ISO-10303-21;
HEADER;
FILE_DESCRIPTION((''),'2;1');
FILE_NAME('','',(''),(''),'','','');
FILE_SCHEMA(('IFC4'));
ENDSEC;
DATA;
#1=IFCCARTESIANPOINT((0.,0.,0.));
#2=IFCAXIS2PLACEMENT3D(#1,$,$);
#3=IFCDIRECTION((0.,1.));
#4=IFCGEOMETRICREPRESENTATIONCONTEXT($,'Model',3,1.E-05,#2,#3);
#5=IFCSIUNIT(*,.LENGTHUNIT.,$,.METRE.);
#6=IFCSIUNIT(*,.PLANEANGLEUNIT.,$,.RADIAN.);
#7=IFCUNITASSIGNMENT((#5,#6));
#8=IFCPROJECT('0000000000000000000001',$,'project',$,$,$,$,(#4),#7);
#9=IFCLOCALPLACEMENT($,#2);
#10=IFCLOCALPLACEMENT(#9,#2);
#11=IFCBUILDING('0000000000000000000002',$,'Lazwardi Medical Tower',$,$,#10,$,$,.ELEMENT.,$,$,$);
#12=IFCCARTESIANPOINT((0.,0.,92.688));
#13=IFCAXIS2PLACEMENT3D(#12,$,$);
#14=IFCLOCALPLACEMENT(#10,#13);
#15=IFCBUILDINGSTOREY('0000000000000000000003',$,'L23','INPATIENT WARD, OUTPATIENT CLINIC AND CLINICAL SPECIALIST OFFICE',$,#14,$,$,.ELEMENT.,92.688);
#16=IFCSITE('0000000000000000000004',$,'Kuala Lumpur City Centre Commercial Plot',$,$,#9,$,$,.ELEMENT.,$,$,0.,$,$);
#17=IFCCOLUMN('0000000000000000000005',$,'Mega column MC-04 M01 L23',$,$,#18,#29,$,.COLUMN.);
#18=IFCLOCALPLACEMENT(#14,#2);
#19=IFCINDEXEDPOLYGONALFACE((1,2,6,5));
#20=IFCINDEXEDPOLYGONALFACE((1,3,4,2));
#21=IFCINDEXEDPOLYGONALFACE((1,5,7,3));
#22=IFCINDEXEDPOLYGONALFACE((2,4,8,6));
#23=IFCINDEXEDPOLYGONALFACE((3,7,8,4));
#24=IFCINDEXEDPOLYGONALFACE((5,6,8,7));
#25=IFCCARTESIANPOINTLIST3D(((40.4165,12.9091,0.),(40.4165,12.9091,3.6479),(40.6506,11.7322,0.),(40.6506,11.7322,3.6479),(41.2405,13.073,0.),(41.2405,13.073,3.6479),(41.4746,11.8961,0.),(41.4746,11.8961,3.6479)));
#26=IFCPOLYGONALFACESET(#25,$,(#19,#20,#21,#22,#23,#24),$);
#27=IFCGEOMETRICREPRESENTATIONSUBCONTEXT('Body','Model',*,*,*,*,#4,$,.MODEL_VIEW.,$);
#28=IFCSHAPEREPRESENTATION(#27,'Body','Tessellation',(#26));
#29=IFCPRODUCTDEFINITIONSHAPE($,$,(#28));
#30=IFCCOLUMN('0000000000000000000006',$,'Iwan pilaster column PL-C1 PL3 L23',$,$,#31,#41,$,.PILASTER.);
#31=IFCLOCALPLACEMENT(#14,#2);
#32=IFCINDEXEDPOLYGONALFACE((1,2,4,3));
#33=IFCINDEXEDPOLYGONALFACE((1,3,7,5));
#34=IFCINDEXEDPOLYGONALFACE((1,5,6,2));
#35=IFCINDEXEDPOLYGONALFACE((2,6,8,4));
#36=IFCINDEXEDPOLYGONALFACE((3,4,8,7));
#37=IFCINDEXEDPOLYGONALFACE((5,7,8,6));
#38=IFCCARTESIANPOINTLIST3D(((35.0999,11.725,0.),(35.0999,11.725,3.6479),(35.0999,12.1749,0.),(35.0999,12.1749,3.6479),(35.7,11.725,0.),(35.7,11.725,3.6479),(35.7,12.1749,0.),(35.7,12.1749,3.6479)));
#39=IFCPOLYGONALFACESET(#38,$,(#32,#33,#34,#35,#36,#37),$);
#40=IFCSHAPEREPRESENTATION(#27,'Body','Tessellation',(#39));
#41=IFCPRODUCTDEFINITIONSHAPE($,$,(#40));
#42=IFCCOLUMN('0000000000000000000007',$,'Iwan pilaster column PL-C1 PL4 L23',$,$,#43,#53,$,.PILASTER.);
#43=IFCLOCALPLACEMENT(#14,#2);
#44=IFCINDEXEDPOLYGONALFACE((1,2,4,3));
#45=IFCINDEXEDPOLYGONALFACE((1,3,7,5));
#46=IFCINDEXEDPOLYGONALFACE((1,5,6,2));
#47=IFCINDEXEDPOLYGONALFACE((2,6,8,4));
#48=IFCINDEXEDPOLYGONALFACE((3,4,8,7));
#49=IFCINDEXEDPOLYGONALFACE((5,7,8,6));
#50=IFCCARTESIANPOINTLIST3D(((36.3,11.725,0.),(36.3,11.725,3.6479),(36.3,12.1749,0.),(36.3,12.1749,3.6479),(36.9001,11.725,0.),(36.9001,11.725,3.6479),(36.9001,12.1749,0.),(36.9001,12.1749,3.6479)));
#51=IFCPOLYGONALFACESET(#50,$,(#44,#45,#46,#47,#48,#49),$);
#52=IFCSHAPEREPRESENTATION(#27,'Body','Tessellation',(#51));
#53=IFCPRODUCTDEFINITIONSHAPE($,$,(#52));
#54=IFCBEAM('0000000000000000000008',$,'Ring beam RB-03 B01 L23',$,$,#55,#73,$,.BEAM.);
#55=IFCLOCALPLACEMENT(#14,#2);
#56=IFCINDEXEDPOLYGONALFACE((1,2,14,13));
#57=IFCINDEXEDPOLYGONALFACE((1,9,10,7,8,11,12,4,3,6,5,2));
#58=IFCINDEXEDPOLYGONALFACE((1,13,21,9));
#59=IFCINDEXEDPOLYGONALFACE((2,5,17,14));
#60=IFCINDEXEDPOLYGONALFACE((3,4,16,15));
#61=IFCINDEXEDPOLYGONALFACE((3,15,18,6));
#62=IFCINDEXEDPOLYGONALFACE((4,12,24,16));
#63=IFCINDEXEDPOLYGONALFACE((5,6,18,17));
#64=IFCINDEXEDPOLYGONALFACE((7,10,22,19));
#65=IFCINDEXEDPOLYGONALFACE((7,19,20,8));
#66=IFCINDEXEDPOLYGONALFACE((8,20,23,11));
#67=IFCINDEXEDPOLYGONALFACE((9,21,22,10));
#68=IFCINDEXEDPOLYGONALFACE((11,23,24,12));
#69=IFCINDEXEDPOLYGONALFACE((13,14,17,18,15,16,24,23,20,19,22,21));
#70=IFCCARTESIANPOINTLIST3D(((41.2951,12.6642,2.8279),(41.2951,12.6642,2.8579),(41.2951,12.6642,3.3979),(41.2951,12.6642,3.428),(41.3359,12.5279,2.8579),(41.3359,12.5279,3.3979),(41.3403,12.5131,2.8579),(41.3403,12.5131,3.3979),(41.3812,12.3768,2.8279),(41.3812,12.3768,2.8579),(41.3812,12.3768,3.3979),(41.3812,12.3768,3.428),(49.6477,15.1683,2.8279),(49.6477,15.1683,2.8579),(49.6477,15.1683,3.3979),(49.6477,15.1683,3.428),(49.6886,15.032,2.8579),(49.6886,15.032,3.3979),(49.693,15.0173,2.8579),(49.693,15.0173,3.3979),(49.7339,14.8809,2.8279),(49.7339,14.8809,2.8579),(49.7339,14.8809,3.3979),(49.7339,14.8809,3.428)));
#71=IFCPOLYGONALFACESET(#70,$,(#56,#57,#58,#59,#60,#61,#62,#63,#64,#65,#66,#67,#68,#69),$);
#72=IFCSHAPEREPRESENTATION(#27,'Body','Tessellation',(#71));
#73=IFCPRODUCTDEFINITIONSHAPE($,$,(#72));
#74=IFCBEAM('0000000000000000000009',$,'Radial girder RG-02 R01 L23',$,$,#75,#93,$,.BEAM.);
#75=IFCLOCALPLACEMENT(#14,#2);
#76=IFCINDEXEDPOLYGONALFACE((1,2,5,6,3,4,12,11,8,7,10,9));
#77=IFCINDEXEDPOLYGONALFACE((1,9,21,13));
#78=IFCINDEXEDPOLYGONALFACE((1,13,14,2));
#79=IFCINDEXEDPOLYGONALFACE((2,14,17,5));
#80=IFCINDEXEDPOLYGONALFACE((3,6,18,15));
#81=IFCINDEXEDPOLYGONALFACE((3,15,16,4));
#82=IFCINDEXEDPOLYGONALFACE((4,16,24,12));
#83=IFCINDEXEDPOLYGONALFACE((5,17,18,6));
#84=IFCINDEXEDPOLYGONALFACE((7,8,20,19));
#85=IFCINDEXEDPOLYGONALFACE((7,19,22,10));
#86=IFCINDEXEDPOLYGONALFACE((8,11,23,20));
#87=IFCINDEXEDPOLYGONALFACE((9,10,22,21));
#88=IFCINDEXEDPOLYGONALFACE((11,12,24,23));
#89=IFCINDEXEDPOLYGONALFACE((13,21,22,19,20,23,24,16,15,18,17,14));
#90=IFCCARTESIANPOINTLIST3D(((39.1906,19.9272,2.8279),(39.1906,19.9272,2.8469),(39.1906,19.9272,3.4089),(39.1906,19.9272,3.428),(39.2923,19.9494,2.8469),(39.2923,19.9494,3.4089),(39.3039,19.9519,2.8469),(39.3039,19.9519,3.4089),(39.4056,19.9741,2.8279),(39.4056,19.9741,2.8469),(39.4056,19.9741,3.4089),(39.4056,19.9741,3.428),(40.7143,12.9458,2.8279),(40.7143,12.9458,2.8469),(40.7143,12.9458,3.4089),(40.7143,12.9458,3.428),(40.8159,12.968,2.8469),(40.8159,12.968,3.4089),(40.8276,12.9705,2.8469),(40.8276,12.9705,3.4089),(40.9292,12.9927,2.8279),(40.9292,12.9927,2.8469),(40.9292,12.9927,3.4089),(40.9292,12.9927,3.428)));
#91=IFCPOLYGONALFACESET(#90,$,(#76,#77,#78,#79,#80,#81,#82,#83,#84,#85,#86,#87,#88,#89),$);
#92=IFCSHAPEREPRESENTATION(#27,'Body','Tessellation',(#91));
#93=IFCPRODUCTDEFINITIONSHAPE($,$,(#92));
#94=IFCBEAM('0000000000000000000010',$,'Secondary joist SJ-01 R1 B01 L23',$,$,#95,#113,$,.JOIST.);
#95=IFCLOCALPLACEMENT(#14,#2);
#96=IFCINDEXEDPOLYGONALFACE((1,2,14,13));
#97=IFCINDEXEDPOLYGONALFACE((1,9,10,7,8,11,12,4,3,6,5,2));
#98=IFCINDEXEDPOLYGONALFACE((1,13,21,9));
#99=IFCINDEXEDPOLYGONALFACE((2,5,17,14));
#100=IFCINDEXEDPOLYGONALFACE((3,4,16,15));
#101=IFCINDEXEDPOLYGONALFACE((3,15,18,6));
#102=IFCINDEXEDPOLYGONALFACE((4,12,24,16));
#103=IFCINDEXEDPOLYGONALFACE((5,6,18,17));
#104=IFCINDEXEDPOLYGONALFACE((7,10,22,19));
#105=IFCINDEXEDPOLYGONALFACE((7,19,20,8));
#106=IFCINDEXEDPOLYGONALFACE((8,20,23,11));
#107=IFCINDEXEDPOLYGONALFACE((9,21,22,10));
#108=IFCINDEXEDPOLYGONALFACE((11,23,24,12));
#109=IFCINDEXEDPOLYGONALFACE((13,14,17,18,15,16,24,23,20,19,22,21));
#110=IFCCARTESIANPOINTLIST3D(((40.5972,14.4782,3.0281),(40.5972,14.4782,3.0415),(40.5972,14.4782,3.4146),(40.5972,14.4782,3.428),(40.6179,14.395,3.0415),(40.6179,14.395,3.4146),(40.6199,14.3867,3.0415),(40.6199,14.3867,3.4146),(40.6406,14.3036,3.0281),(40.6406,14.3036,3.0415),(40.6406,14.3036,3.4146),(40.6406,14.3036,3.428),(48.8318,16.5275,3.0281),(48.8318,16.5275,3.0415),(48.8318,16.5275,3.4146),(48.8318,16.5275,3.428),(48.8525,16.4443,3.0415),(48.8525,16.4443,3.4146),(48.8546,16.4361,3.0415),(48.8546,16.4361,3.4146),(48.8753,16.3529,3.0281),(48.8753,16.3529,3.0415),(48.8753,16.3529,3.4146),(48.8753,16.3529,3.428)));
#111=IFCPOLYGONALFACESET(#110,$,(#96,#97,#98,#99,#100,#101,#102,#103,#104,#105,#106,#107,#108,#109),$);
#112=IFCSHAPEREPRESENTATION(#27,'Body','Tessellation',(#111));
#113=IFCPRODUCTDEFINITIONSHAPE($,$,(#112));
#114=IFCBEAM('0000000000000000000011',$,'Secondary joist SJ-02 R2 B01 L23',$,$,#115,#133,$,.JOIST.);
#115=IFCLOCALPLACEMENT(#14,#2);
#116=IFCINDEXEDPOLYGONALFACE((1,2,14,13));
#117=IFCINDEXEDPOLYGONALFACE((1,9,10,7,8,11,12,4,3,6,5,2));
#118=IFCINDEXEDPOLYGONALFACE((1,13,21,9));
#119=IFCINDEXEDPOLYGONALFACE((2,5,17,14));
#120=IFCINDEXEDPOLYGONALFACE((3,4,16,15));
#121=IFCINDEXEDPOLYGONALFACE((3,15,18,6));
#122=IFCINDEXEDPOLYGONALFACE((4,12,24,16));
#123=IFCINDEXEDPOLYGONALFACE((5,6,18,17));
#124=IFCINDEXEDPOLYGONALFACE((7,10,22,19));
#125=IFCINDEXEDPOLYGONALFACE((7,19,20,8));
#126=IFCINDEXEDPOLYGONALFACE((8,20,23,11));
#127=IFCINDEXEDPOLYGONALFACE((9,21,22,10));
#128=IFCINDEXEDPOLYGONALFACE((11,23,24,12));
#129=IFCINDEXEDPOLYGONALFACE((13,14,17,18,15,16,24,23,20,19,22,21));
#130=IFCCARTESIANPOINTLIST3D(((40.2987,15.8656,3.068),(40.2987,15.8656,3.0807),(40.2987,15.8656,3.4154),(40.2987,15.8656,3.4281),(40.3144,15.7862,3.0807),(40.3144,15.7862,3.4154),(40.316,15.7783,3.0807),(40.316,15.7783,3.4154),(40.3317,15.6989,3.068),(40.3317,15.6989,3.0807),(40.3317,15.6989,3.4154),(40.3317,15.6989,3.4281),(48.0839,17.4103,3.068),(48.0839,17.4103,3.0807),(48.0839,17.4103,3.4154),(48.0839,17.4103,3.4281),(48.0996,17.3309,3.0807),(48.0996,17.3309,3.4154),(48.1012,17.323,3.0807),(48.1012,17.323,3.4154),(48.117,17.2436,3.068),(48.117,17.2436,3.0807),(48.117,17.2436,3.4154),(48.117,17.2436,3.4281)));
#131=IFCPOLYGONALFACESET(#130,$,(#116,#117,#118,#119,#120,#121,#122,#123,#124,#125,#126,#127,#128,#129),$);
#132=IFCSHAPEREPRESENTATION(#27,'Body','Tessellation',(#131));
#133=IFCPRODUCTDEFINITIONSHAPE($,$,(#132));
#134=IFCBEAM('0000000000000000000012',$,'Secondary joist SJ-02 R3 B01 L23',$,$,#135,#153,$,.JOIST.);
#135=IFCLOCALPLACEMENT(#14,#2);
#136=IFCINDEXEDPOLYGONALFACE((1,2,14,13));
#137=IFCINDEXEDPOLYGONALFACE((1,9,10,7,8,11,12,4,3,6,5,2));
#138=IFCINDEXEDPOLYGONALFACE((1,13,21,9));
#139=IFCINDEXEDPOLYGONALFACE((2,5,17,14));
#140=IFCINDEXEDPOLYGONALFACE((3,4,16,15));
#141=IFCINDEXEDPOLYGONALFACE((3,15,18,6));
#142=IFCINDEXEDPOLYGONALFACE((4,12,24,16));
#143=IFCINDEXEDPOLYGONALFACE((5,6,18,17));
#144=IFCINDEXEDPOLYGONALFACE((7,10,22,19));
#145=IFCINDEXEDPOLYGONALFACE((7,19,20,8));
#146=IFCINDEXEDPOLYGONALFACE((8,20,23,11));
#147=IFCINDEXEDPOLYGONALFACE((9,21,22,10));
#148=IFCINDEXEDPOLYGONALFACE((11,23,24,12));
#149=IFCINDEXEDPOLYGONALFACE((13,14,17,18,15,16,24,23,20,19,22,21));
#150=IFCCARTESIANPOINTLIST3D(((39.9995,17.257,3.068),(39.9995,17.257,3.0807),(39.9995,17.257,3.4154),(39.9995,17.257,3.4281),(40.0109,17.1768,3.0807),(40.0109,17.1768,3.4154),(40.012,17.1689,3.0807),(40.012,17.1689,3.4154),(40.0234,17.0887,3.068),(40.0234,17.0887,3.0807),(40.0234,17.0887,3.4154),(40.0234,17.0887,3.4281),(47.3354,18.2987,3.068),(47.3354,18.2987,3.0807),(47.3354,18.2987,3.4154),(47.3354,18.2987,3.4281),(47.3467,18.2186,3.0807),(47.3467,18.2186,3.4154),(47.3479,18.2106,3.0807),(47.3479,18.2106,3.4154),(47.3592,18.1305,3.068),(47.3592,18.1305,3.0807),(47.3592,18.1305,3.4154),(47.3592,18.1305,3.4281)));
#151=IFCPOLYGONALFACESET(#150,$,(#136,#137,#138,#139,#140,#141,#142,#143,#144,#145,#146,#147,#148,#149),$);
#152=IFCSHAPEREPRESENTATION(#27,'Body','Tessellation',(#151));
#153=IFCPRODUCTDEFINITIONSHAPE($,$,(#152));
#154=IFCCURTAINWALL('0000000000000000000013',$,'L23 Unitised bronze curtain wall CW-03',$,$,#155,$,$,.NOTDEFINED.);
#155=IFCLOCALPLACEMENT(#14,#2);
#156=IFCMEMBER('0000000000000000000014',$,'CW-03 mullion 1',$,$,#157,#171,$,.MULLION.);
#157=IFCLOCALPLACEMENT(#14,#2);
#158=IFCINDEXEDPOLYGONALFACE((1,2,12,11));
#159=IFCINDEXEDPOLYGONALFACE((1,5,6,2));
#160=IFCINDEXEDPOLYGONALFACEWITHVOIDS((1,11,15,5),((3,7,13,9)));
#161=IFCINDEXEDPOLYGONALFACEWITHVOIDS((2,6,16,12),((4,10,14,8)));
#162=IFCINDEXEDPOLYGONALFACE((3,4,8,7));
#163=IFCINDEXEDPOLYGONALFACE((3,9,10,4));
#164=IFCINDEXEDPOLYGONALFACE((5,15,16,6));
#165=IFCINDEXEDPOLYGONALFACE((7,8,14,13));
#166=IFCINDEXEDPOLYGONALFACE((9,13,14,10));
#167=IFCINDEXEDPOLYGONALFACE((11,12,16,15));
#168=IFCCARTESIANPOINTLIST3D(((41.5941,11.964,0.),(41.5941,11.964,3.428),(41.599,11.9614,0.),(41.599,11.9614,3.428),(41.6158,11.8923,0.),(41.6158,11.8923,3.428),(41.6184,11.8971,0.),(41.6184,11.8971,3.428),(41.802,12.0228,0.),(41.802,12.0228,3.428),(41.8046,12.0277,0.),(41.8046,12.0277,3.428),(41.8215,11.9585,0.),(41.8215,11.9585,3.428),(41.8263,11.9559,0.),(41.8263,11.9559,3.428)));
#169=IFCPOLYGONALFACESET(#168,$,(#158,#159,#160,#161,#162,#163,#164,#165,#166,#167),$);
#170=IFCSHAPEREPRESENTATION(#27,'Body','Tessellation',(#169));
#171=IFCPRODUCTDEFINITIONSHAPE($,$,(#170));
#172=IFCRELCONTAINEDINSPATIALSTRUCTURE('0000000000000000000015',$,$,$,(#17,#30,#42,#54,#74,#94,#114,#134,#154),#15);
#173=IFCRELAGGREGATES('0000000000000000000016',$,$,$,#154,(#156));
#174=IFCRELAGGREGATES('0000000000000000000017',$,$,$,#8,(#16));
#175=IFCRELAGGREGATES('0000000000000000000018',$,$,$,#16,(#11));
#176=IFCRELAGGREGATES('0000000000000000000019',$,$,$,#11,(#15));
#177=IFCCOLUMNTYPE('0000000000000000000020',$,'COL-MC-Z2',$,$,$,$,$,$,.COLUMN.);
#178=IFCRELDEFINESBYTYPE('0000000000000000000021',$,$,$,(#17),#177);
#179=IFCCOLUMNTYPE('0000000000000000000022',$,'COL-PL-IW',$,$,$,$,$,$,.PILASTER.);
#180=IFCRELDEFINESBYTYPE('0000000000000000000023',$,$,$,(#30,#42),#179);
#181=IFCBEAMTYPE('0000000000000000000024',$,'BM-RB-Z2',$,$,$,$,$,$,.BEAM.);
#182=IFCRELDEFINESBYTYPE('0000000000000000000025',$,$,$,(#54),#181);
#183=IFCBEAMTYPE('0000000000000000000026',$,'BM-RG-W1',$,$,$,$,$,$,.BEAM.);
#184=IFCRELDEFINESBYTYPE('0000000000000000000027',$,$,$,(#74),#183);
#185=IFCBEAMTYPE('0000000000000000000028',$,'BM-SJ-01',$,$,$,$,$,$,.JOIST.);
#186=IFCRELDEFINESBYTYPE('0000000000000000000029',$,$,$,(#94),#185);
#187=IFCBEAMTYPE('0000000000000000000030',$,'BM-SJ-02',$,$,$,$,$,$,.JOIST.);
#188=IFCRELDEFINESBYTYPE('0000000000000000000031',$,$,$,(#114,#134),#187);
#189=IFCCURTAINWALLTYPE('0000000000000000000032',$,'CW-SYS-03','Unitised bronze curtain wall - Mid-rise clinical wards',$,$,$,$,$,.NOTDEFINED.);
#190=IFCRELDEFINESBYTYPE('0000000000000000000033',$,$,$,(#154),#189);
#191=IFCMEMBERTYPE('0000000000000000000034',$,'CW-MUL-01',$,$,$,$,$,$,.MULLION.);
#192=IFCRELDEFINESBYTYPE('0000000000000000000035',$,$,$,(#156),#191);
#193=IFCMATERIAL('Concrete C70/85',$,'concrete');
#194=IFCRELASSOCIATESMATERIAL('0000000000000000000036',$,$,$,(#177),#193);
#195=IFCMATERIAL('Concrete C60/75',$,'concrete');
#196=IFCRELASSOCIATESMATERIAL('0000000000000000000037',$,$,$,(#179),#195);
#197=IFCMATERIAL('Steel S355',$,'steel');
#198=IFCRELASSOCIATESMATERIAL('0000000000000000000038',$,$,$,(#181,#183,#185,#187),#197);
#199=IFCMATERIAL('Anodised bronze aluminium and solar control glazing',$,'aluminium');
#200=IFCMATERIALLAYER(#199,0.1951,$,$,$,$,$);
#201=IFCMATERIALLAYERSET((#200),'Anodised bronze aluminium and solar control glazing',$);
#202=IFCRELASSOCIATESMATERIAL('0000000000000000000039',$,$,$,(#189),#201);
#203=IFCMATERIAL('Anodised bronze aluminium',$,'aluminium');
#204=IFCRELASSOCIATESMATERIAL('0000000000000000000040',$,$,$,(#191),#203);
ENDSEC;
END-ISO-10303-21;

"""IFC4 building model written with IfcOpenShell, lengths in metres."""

from ifc_helpers import new_model, si_unit, direction, frame, origin, origin_2d, place, context, subcontext, project, spatial, rectangle, hollow_rectangle, i_section, extrude, material, layer, layer_set, material_profile, profile_set, type_object, element, aggregate, save


model = new_model("IFC4")

# Units and contexts
model_context = context("Model", 3, precision=1e-05, world=origin(), true_north=direction((0.0, 1.0)))
body_context = subcontext(model_context, "Body", "Model", "MODEL_VIEW")
ifc_project = project(units=[si_unit("LENGTHUNIT", "METRE"), si_unit("PLANEANGLEUNIT", "RADIAN")], contexts=[model_context])

# Site, building, storey
site_placement = place(None, origin())
site = spatial("IfcSite", under=ifc_project, at=site_placement, Name="Kuala Lumpur City Centre Commercial Plot", CompositionType="ELEMENT", RefElevation=0.0)
building_placement = place(site_placement, origin())
building = spatial("IfcBuilding", under=site, at=building_placement, Name="Lazwardi Medical Tower", CompositionType="ELEMENT")
storey_placement = place(building_placement, frame((0.0, 0.0, 92.688)))
storey = spatial("IfcBuildingStorey", under=building, at=storey_placement, Name="L23", Description="INPATIENT WARD, OUTPATIENT CLINIC AND CLINICAL SPECIALIST OFFICE", CompositionType="ELEMENT", Elevation=92.688)

# Columns
ifc_material_1 = material(Name="Concrete C70/85", Category="concrete")
ifc_material_profile_1 = material_profile(ifc_material_1, rectangle(XDim=1.2, YDim=0.8401, at=origin_2d()), Name="CFT-RECT 1200x840")
ifc_profile_set_1 = profile_set([ifc_material_profile_1], Name="Concrete C70/85")
column_type_1 = type_object("IfcColumnType", Name="COL-MC-Z2", PredefinedType="COLUMN", material=ifc_profile_set_1)
column_placement = place(storey_placement, frame((40.9456, 12.4026, 0.0), z_axis=(0.0, 0.0, 1.0), x_axis=(0.19509, -0.980785, 0.0)))
element("IfcColumn", 1, at=column_placement, inside=storey, type_object=column_type_1, Name="Mega column MC-04 M01 L23", PredefinedType="COLUMN", context=body_context, shape_type="SweptSolid", body=[
    extrude(rectangle(XDim=1.2, YDim=0.8401, at=origin_2d()), origin(), (0.0, 0.0, 1.0), 3.6479),
])
ifc_material_2 = material(Name="Concrete C60/75", Category="concrete")
ifc_material_profile_2 = material_profile(ifc_material_2, rectangle(XDim=0.6001, YDim=0.45, at=origin_2d()), Name="RC 600x450")
ifc_profile_set_2 = profile_set([ifc_material_profile_2], Name="Concrete C60/75")
column_type_2 = type_object("IfcColumnType", Name="COL-PL-IW", PredefinedType="PILASTER", material=ifc_profile_set_2)
for number, where, z_axis, x_axis, name in (
    (2, (35.3999, 11.95, 0.0), (0.0, 0.0, 1.0), (1.0, 0.0, 0.0), "Iwan pilaster column PL-C1 PL3 L23"),
    (3, (36.6001, 11.95, 0.0), (0.0, 0.0, 1.0), (1.0, 0.0, 0.0), "Iwan pilaster column PL-C1 PL4 L23"),
):
    element("IfcColumn", number, at=place(storey_placement, frame(where, z_axis=z_axis, x_axis=x_axis)), inside=storey, type_object=column_type_2, Name=name, PredefinedType="PILASTER", context=body_context, shape_type="SweptSolid", body=[
        extrude(rectangle(XDim=0.6001, YDim=0.45, at=origin_2d()), origin(), (0.0, 0.0, 1.0), 3.6479),
    ])

# Beams
ifc_material_3 = material(Name="Steel S355", Category="steel")
ifc_material_profile_3 = material_profile(ifc_material_3, i_section(OverallWidth=0.3, OverallDepth=0.6001, WebThickness=0.0154, FlangeThickness=0.03, at=origin_2d()), Name="HEB 600")
ifc_profile_set_3 = profile_set([ifc_material_profile_3], Name="Steel S355")
beam_type_1 = type_object("IfcBeamType", Name="BM-RB-Z2", PredefinedType="BEAM", material=ifc_profile_set_3)
beam_1_placement = place(storey_placement, frame((41.3381, 12.5205, 3.1279), z_axis=(0.957879, 0.287171, 0.0), x_axis=(-0.287171, 0.957879, 0.0)))
element("IfcBeam", 4, at=beam_1_placement, inside=storey, type_object=beam_type_1, Name="Ring beam RB-03 B01 L23", PredefinedType="BEAM", context=body_context, shape_type="SweptSolid", body=[
    extrude(i_section(OverallWidth=0.3, OverallDepth=0.6001, WebThickness=0.0154, FlangeThickness=0.03, at=origin_2d()), origin(), (0.0, 0.0, 1.0), 8.72),
])
ifc_material_profile_4 = material_profile(ifc_material_3, i_section(OverallWidth=0.22, OverallDepth=0.6001, WebThickness=0.012, FlangeThickness=0.019, at=origin_2d()), Name="IPE 600")
ifc_profile_set_4 = profile_set([ifc_material_profile_4], Name="Steel S355")
beam_type_2 = type_object("IfcBeamType", Name="BM-RG-W1", PredefinedType="BEAM", material=ifc_profile_set_4)
beam_2_placement = place(storey_placement, frame((40.8218, 12.9692, 3.1279), z_axis=(-0.213228, 0.977002, 0.0), x_axis=(-0.977002, -0.213228, 0.0)))
element("IfcBeam", 5, at=beam_2_placement, inside=storey, type_object=beam_type_2, Name="Radial girder RG-02 R01 L23", PredefinedType="BEAM", context=body_context, shape_type="SweptSolid", body=[
    extrude(i_section(OverallWidth=0.22, OverallDepth=0.6001, WebThickness=0.012, FlangeThickness=0.019, at=origin_2d()), origin(), (0.0, 0.0, 1.0), 7.1458),
])
ifc_material_profile_5 = material_profile(ifc_material_3, i_section(OverallWidth=0.1799, OverallDepth=0.3999, WebThickness=0.0085, FlangeThickness=0.0134, at=origin_2d()), Name="IPE 400")
ifc_profile_set_5 = profile_set([ifc_material_profile_5], Name="Steel S355")
beam_type_3 = type_object("IfcBeamType", Name="BM-SJ-01", PredefinedType="JOIST", material=ifc_profile_set_5)
beam_3_placement = place(storey_placement, frame((40.6189, 14.3909, 3.228), z_axis=(0.970401, 0.2415, 0.0), x_axis=(-0.2415, 0.970401, 0.0)))
element("IfcBeam", 6, at=beam_3_placement, inside=storey, type_object=beam_type_3, Name="Secondary joist SJ-01 R1 B01 L23", PredefinedType="JOIST", context=body_context, shape_type="SweptSolid", body=[
    extrude(i_section(OverallWidth=0.1799, OverallDepth=0.3999, WebThickness=0.0085, FlangeThickness=0.0134, at=origin_2d()), origin(), (0.0, 0.0, 1.0), 8.4858),
])
ifc_material_profile_6 = material_profile(ifc_material_3, i_section(OverallWidth=0.1699, OverallDepth=0.3601, WebThickness=0.0081, FlangeThickness=0.0127, at=origin_2d()), Name="IPE 360")
ifc_profile_set_6 = profile_set([ifc_material_profile_6], Name="Steel S355")
beam_type_4 = type_object("IfcBeamType", Name="BM-SJ-02", PredefinedType="JOIST", material=ifc_profile_set_6)
beam_4_placement = place(storey_placement, frame((40.3152, 15.7822, 3.248), z_axis=(0.980879, 0.194619, 0.0), x_axis=(-0.194619, 0.980879, 0.0)))
element("IfcBeam", 7, at=beam_4_placement, inside=storey, type_object=beam_type_4, Name="Secondary joist SJ-02 R2 B01 L23", PredefinedType="JOIST", context=body_context, shape_type="SweptSolid", body=[
    extrude(i_section(OverallWidth=0.1699, OverallDepth=0.3601, WebThickness=0.0081, FlangeThickness=0.0127, at=origin_2d()), origin(), (0.0, 0.0, 1.0), 7.937),
])
beam_5_placement = place(storey_placement, frame((40.0115, 17.1729, 3.248), z_axis=(0.990067, 0.140596, 0.0), x_axis=(-0.140596, 0.990067, 0.0)))
element("IfcBeam", 8, at=beam_5_placement, inside=storey, type_object=beam_type_4, Name="Secondary joist SJ-02 R3 B01 L23", PredefinedType="JOIST", context=body_context, shape_type="SweptSolid", body=[
    extrude(i_section(OverallWidth=0.1699, OverallDepth=0.3601, WebThickness=0.0081, FlangeThickness=0.0127, at=origin_2d()), origin(), (0.0, 0.0, 1.0), 7.4094),
])

# Curtain wall, member
ifc_material_4 = material(Name="Anodised bronze aluminium and solar control glazing", Category="aluminium")
ifc_layer_1 = layer(ifc_material_4, 0.1951)
ifc_layer_set_1 = layer_set([ifc_layer_1], Name="Anodised bronze aluminium and solar control glazing")
curtain_wall_type = type_object("IfcCurtainWallType", Name="CW-SYS-03", Description="Unitised bronze curtain wall - Mid-rise clinical wards", PredefinedType="NOTDEFINED", material=ifc_layer_set_1)
curtain_wall_placement = place(storey_placement, origin())
curtain_wall = element("IfcCurtainWall", 9, at=curtain_wall_placement, inside=storey, type_object=curtain_wall_type, Name="L23 Unitised bronze curtain wall CW-03", PredefinedType="NOTDEFINED")
ifc_material_5 = material(Name="Anodised bronze aluminium", Category="aluminium")
ifc_material_profile_7 = material_profile(ifc_material_5, hollow_rectangle(XDim=0.075, YDim=0.22, WallThickness=0.0039, at=origin_2d()), Name="ALU-MULLION 220x75x4")
ifc_profile_set_7 = profile_set([ifc_material_profile_7], Name="Anodised bronze aluminium")
member_type_1 = type_object("IfcMemberType", Name="CW-MUL-01", PredefinedType="MULLION", material=ifc_profile_set_7)
member_1_placement = place(storey_placement, frame((41.7102, 11.96, 0.0), z_axis=(0.0, 0.0, 1.0), x_axis=(-0.289374, 0.957216, 0.0)))
member_1 = element("IfcMember", 10, at=member_1_placement, type_object=member_type_1, Name="CW-03 mullion 1", PredefinedType="MULLION", context=body_context, shape_type="SweptSolid", body=[
    extrude(hollow_rectangle(XDim=0.075, YDim=0.22, WallThickness=0.0039, at=origin_2d()), origin(), (0.0, 0.0, 1.0), 3.428),
])
aggregate(curtain_wall, [member_1])

save(model, "model.ifc")
